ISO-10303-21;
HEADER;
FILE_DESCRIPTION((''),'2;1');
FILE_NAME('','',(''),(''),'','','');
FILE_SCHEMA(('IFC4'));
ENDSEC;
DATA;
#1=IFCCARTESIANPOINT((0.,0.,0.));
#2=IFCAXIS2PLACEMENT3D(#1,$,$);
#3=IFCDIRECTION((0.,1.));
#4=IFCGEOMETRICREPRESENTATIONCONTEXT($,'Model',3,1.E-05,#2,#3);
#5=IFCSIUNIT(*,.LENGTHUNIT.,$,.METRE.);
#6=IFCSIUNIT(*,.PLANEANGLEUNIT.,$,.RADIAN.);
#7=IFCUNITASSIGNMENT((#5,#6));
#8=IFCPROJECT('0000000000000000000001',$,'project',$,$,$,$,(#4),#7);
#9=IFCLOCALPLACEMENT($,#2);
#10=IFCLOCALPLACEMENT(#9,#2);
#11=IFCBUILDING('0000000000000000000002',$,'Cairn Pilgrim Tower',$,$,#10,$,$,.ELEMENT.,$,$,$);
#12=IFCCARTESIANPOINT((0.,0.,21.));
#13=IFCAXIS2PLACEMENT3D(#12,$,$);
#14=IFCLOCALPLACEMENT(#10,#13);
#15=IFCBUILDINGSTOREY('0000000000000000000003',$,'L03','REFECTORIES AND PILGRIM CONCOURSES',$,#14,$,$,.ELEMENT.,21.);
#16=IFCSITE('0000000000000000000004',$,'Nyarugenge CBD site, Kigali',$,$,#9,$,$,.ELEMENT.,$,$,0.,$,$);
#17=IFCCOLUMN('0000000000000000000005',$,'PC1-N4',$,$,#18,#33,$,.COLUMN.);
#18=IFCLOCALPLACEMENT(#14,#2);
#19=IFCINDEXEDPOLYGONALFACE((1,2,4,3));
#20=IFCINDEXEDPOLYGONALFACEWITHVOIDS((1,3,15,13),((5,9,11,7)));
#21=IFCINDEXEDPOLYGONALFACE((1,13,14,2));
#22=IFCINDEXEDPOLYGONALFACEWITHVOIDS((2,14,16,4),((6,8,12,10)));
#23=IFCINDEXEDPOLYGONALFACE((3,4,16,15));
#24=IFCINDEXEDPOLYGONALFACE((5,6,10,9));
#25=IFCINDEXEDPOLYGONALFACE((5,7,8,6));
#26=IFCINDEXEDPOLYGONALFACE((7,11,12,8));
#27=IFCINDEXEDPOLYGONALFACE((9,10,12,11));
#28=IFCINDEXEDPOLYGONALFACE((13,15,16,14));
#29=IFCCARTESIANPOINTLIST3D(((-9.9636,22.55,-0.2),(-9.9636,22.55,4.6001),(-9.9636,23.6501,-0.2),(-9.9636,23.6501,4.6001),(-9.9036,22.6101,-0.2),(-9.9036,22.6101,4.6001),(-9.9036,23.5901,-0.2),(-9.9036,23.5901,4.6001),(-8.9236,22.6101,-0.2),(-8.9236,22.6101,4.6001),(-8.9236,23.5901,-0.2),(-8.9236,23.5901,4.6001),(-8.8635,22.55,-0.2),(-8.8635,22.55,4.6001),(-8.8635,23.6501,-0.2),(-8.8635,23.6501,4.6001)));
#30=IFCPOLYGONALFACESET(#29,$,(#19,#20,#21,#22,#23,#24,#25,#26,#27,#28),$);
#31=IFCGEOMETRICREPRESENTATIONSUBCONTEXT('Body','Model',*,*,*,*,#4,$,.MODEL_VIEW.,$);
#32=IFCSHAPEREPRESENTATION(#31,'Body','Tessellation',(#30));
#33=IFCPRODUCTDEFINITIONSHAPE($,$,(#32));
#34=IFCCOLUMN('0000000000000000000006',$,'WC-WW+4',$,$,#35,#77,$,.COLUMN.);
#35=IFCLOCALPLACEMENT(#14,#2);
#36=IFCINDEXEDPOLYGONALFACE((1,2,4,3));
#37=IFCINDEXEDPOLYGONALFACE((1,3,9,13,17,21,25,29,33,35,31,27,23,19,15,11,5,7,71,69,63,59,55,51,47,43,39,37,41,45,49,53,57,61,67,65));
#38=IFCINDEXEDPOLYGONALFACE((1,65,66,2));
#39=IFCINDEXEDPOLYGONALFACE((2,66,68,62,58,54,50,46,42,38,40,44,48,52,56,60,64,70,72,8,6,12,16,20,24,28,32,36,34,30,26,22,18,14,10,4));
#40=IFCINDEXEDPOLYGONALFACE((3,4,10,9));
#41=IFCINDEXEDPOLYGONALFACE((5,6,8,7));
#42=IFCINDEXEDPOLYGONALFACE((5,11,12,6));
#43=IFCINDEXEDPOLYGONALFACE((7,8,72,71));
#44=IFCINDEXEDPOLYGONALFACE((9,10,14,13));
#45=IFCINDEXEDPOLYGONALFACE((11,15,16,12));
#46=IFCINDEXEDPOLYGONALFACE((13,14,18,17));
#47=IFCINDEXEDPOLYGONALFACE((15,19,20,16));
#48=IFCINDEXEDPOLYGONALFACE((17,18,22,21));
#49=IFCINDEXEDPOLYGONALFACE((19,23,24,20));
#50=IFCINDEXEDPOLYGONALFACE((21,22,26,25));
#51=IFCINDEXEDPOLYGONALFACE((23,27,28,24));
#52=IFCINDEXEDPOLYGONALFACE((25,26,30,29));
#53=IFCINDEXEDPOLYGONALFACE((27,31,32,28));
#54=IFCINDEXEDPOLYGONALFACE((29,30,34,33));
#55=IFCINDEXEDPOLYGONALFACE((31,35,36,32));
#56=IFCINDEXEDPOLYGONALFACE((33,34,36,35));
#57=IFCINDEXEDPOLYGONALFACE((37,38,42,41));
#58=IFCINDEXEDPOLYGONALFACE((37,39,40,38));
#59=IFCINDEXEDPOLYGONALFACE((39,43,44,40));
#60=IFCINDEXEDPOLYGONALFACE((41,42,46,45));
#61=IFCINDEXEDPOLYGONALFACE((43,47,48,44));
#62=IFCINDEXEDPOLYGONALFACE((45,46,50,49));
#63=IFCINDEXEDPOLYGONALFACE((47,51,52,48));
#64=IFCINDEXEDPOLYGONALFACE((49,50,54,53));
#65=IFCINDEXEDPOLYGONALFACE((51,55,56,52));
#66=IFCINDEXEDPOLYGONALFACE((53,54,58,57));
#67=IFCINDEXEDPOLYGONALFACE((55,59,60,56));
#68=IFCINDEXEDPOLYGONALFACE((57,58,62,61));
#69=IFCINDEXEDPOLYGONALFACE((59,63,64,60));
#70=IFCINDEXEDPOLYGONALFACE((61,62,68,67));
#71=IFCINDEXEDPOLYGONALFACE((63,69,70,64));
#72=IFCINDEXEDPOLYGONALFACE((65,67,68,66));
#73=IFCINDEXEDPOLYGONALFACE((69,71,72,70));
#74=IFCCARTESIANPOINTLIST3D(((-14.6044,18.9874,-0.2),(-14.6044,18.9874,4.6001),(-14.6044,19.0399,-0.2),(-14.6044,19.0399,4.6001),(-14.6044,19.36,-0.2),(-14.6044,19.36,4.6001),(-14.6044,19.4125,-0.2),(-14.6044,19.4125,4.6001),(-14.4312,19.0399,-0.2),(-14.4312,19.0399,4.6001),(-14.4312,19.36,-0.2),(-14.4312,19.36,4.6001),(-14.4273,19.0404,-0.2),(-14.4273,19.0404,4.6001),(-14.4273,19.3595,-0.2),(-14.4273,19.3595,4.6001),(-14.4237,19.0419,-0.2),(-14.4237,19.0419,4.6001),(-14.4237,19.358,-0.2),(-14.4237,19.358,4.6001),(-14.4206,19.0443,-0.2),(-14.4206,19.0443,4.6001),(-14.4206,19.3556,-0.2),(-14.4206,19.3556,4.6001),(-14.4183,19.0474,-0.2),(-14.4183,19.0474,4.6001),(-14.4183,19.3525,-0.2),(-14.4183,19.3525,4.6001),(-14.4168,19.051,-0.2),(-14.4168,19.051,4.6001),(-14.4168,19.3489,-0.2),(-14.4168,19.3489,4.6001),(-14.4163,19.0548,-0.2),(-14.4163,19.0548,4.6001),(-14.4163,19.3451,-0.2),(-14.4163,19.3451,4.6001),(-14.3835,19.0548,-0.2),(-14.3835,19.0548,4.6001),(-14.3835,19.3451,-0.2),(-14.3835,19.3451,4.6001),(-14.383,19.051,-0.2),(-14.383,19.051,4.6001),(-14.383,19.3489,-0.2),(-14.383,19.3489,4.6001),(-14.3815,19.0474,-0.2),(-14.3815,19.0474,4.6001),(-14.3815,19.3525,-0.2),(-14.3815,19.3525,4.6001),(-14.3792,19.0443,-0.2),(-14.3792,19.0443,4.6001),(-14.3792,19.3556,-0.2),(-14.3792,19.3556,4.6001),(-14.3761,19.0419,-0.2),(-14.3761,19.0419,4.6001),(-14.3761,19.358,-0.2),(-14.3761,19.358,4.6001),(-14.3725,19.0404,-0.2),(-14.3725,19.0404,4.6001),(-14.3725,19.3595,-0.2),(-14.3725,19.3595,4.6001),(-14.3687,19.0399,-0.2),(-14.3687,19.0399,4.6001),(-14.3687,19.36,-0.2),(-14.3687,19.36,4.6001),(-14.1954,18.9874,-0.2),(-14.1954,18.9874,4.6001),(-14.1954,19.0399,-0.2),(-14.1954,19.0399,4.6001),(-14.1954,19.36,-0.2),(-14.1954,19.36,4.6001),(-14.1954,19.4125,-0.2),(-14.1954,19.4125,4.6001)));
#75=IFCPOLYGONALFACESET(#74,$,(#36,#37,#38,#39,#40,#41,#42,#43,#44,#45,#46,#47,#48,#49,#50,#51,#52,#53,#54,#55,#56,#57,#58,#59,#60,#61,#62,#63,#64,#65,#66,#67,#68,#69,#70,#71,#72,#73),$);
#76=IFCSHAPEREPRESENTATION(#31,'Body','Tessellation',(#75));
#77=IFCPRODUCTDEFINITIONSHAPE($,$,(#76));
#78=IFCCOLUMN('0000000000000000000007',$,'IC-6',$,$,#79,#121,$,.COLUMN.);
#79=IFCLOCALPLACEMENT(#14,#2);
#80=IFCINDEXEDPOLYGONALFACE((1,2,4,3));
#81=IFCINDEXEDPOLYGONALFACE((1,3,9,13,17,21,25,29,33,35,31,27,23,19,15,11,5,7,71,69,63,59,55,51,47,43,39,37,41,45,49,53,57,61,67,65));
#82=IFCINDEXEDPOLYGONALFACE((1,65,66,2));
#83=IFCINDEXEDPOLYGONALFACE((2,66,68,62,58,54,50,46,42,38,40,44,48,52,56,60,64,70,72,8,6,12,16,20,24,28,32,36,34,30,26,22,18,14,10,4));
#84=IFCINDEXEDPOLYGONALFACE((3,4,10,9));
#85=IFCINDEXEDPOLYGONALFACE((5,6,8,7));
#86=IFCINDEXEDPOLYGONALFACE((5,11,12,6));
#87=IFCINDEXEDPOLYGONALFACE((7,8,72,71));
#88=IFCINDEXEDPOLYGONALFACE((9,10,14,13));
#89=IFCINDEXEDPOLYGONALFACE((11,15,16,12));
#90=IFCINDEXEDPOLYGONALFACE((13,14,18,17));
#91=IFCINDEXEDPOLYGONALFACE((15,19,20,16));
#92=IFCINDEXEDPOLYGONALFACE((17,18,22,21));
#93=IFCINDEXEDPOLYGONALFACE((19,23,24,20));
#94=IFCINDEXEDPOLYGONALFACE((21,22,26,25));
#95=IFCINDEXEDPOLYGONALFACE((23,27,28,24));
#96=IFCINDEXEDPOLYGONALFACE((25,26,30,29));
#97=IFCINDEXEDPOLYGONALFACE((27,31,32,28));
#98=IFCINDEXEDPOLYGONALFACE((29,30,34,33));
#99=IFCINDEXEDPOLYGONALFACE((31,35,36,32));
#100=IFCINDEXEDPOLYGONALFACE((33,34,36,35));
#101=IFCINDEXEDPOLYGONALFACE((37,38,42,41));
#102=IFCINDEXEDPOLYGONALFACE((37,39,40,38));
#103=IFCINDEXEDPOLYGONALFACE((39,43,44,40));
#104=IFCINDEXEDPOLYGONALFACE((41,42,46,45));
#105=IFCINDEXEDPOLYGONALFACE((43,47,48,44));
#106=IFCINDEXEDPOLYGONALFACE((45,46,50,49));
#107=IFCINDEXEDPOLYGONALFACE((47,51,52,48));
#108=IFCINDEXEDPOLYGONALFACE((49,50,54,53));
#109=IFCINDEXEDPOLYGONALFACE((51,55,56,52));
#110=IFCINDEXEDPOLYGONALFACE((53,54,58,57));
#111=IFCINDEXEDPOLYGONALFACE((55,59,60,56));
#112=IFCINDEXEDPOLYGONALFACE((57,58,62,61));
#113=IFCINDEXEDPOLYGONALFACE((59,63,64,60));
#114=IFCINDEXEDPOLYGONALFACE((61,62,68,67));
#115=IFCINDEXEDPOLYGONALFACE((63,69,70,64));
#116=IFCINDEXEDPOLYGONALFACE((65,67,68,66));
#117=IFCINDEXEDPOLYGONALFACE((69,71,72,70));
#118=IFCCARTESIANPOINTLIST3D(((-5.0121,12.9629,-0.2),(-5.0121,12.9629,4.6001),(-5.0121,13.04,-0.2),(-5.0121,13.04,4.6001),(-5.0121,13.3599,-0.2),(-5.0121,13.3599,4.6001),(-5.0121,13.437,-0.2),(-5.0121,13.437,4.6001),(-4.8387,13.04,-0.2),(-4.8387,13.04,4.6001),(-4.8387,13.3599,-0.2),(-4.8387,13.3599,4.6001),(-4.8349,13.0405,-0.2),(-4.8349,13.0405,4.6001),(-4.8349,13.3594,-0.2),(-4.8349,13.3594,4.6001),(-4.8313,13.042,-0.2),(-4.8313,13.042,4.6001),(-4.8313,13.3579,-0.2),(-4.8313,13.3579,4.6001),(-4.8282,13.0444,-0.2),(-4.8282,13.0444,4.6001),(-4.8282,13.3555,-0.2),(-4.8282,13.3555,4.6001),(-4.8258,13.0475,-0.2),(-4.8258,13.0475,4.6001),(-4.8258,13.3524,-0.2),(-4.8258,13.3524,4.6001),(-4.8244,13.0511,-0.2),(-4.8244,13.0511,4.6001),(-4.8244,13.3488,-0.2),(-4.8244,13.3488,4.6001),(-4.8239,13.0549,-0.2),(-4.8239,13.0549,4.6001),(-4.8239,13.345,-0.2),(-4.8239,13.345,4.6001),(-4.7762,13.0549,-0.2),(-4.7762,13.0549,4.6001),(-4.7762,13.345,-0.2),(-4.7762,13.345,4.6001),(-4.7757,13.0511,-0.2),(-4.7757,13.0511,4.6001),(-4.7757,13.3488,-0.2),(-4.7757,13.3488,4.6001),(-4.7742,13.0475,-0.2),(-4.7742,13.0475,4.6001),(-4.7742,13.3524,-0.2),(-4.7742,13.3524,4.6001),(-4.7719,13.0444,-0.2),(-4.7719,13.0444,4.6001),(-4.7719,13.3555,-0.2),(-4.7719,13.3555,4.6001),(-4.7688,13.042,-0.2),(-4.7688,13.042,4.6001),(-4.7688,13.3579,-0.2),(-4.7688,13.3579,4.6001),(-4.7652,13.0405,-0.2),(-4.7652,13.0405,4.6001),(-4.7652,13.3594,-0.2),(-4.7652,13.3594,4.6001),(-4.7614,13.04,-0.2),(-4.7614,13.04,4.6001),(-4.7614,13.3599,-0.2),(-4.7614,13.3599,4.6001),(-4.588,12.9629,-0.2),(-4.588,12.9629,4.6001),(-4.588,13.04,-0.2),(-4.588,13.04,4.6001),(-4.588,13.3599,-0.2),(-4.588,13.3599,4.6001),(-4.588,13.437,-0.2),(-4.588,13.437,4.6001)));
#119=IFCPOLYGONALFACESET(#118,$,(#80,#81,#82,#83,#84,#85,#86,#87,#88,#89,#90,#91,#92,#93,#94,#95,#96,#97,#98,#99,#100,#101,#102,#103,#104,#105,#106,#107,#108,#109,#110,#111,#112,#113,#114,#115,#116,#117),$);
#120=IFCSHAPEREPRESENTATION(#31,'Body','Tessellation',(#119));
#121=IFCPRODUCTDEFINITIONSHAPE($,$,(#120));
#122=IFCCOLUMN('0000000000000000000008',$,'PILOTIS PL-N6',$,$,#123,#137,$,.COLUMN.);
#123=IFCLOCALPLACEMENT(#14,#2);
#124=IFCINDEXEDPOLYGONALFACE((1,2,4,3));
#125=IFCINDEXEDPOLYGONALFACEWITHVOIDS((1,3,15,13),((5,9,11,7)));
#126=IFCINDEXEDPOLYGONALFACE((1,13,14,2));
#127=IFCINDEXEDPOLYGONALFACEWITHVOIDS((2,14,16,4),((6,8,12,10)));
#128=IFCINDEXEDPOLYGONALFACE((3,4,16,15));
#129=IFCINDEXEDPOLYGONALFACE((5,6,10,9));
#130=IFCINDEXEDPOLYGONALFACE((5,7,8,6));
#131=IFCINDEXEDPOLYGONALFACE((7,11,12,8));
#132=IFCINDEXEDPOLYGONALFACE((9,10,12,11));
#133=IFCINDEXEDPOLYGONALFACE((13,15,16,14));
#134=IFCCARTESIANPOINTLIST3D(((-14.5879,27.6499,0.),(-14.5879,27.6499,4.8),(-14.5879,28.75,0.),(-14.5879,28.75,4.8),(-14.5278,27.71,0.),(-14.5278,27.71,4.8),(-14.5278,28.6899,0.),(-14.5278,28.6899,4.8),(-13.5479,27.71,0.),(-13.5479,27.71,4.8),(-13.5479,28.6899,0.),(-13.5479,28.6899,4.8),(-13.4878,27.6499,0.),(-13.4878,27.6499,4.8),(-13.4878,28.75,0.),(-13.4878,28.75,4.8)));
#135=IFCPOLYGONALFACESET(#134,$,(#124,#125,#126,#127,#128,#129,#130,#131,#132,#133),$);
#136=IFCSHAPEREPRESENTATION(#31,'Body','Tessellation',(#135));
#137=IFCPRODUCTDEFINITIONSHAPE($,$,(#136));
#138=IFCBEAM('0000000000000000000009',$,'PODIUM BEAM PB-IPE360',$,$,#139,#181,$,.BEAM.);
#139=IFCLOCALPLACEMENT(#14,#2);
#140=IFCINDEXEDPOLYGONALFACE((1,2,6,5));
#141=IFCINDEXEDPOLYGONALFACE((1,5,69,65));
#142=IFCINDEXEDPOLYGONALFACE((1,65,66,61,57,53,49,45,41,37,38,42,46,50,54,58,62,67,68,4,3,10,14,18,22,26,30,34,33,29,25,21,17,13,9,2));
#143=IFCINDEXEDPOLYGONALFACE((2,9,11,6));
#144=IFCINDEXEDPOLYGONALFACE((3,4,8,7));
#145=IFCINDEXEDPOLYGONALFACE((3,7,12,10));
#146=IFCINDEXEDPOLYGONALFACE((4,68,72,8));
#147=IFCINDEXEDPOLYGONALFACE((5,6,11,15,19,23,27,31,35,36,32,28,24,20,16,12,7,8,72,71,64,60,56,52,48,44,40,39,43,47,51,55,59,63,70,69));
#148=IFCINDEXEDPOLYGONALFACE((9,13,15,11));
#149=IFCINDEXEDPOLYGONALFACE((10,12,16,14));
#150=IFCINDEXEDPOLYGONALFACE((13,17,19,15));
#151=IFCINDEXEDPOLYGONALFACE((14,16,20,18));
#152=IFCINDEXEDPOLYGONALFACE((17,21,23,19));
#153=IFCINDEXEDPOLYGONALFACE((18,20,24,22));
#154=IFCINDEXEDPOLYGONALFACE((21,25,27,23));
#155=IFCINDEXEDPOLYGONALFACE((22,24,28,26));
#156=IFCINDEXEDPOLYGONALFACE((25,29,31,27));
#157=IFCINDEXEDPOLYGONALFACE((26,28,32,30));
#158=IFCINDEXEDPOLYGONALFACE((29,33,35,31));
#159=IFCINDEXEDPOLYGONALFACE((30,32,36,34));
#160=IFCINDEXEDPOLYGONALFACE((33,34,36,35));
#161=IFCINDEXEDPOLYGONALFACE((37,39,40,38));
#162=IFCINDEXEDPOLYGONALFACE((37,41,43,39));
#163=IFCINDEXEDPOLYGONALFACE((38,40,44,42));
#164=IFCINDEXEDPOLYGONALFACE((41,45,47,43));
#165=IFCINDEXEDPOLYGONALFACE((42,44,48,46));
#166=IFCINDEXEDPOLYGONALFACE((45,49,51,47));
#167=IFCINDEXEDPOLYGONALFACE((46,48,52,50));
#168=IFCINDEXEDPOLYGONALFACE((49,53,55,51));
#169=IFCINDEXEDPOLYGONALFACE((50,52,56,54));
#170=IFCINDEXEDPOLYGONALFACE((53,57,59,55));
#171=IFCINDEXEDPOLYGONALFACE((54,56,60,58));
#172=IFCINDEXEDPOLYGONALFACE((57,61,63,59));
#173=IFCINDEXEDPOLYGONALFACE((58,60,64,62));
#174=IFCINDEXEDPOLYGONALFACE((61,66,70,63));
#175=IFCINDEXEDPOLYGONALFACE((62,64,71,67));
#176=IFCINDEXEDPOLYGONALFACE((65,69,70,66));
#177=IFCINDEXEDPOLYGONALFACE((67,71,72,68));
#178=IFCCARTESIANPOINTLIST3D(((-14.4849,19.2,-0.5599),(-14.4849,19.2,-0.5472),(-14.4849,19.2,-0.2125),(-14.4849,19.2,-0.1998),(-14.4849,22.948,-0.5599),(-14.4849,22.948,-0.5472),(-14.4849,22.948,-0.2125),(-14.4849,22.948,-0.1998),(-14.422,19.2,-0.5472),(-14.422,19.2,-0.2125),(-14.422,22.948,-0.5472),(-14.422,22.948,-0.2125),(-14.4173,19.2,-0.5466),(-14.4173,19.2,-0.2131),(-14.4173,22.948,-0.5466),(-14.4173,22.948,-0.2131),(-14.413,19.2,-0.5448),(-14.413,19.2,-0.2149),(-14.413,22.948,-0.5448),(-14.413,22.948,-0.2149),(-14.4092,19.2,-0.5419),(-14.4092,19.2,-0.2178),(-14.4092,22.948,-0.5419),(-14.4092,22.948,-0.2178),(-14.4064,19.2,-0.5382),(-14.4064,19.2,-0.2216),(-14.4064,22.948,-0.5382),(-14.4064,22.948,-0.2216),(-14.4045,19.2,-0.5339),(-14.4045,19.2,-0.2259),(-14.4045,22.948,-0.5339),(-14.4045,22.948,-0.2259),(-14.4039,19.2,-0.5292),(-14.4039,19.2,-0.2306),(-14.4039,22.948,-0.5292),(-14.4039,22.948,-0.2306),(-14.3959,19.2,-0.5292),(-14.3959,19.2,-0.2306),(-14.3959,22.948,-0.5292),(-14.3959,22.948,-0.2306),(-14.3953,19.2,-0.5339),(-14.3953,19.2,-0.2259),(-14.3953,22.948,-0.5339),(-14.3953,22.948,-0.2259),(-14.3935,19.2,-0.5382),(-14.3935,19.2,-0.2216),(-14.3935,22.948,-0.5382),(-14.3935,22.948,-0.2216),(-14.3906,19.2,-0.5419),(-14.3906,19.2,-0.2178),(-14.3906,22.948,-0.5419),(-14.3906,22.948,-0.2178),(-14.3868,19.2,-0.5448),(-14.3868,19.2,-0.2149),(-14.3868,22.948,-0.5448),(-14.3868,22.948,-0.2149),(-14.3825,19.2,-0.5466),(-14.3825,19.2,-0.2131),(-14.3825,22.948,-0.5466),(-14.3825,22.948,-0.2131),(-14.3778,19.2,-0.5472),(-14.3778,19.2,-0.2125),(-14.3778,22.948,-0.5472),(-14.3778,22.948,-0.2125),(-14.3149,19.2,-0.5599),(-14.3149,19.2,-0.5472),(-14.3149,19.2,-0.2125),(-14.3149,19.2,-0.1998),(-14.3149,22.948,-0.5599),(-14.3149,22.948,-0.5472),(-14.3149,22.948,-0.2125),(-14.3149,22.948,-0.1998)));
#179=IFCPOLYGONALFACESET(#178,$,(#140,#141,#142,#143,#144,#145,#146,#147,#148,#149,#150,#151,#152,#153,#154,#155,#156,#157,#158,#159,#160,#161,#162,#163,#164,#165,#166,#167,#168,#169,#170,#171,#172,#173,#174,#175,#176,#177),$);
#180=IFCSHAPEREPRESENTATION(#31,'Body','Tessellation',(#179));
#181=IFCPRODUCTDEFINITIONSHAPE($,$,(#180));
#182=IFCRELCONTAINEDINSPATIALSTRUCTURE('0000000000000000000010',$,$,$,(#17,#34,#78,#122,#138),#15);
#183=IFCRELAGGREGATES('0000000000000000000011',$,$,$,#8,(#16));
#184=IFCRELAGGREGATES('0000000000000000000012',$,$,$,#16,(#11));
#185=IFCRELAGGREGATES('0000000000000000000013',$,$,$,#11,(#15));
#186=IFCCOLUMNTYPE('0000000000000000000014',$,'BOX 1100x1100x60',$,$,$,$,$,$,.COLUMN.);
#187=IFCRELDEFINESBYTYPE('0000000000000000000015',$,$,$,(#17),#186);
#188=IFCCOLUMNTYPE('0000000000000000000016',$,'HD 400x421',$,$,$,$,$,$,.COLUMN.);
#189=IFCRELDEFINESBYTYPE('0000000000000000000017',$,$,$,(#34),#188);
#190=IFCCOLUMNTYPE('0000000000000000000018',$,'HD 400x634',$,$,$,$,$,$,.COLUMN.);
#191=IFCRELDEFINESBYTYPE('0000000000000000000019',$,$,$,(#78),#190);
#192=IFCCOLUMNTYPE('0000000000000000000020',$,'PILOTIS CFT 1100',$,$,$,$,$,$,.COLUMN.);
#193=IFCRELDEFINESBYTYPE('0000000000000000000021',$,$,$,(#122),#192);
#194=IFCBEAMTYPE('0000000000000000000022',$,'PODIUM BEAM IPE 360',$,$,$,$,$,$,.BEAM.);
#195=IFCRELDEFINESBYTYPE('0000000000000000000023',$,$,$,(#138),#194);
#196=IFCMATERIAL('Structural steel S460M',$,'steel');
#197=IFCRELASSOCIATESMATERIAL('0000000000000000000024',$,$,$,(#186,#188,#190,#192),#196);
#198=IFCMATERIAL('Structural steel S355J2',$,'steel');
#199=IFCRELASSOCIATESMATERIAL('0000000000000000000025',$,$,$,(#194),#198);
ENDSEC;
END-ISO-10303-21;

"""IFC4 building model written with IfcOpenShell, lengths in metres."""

from ifc_helpers import new_model, si_unit, direction, frame, origin, origin_2d, place, context, subcontext, project, spatial, hollow_rectangle, i_section, extrude, material, material_profile, profile_set, type_object, element, save


model = new_model("IFC4")

# Units and contexts
model_context = context("Model", 3, precision=1e-05, world=origin(), true_north=direction((0.0, 1.0)))
body_context = subcontext(model_context, "Body", "Model", "MODEL_VIEW")
ifc_project = project(units=[si_unit("LENGTHUNIT", "METRE"), si_unit("PLANEANGLEUNIT", "RADIAN")], contexts=[model_context])

# Site, building, storey
site_placement = place(None, origin())
site = spatial("IfcSite", under=ifc_project, at=site_placement, Name="Nyarugenge CBD site, Kigali", CompositionType="ELEMENT", RefElevation=0.0)
building_placement = place(site_placement, origin())
building = spatial("IfcBuilding", under=site, at=building_placement, Name="Cairn Pilgrim Tower", CompositionType="ELEMENT")
storey_placement = place(building_placement, frame((0.0, 0.0, 21.0)))
storey = spatial("IfcBuildingStorey", under=building, at=storey_placement, Name="L03", Description="REFECTORIES AND PILGRIM CONCOURSES", CompositionType="ELEMENT", Elevation=21.0)

# Columns
ifc_material_1 = material(Name="Structural steel S460M", Category="steel")
ifc_material_profile_1 = material_profile(ifc_material_1, hollow_rectangle(XDim=1.1001, YDim=1.1001, WallThickness=0.0601, at=origin_2d()), Name="BOX 1100x1100x60")
ifc_profile_set_1 = profile_set([ifc_material_profile_1], Name="Structural steel S460M")
column_type_1 = type_object("IfcColumnType", Name="BOX 1100x1100x60", PredefinedType="COLUMN", material=ifc_profile_set_1)
column_1_placement = place(storey_placement, frame((-9.4136, 23.1001, -0.2), z_axis=(0.0, 0.0, 1.0), x_axis=(1.0, 0.0, 0.0)))
element("IfcColumn", 1, at=column_1_placement, inside=storey, type_object=column_type_1, Name="PC1-N4", PredefinedType="COLUMN", context=body_context, shape_type="SweptSolid", body=[
    extrude(hollow_rectangle(XDim=1.1001, YDim=1.1001, WallThickness=0.0601, at=origin_2d()), origin(), (0.0, 0.0, 1.0), 4.8),
])
ifc_material_profile_2 = material_profile(ifc_material_1, i_section(OverallWidth=0.4089, OverallDepth=0.425, WebThickness=0.0327, FlangeThickness=0.0525, FilletRadius=0.0149, at=origin_2d()), Name="HD 400x421")
ifc_profile_set_2 = profile_set([ifc_material_profile_2], Name="Structural steel S460M")
column_type_2 = type_object("IfcColumnType", Name="HD 400x421", PredefinedType="COLUMN", material=ifc_profile_set_2)
column_2_placement = place(storey_placement, frame((-14.3999, 19.2, -0.2), z_axis=(0.0, 0.0, 1.0), x_axis=(1.0, 0.0, 0.0)))
element("IfcColumn", 2, at=column_2_placement, inside=storey, type_object=column_type_2, Name="WC-WW+4", PredefinedType="COLUMN", context=body_context, shape_type="SweptSolid", body=[
    extrude(i_section(OverallWidth=0.4089, OverallDepth=0.425, WebThickness=0.0327, FlangeThickness=0.0525, FilletRadius=0.0149, at=origin_2d()), origin(), (0.0, 0.0, 1.0), 4.8),
])
ifc_material_profile_3 = material_profile(ifc_material_1, i_section(OverallWidth=0.4241, OverallDepth=0.4741, WebThickness=0.0476, FlangeThickness=0.0771, FilletRadius=0.0149, at=origin_2d()), Name="HD 400x634")
ifc_profile_set_3 = profile_set([ifc_material_profile_3], Name="Structural steel S460M")
column_type_3 = type_object("IfcColumnType", Name="HD 400x634", PredefinedType="COLUMN", material=ifc_profile_set_3)
column_3_placement = place(storey_placement, frame((-4.8, 13.2, -0.2), z_axis=(0.0, 0.0, 1.0), x_axis=(1.0, 0.0, 0.0)))
element("IfcColumn", 3, at=column_3_placement, inside=storey, type_object=column_type_3, Name="IC-6", PredefinedType="COLUMN", context=body_context, shape_type="SweptSolid", body=[
    extrude(i_section(OverallWidth=0.4241, OverallDepth=0.4741, WebThickness=0.0476, FlangeThickness=0.0771, FilletRadius=0.0149, at=origin_2d()), origin(), (0.0, 0.0, 1.0), 4.8),
])
ifc_material_profile_4 = material_profile(ifc_material_1, hollow_rectangle(XDim=1.1001, YDim=1.1001, WallThickness=0.0601, at=origin_2d()), Name="BOX 1100x1100x60")
ifc_profile_set_4 = profile_set([ifc_material_profile_4], Name="Structural steel S460M")
column_type_4 = type_object("IfcColumnType", Name="PILOTIS CFT 1100", PredefinedType="COLUMN", material=ifc_profile_set_4)
column_4_placement = place(storey_placement, frame((-14.0378, 28.2, 0.0), z_axis=(0.0, 0.0, 1.0), x_axis=(1.0, 0.0, 0.0)))
element("IfcColumn", 4, at=column_4_placement, inside=storey, type_object=column_type_4, Name="PILOTIS PL-N6", PredefinedType="COLUMN", context=body_context, shape_type="SweptSolid", body=[
    extrude(hollow_rectangle(XDim=1.1001, YDim=1.1001, WallThickness=0.0601, at=origin_2d()), origin(), (0.0, 0.0, 1.0), 4.8),
])

# Beam
ifc_material_2 = material(Name="Structural steel S355J2", Category="steel")
ifc_material_profile_5 = material_profile(ifc_material_2, i_section(OverallWidth=0.1699, OverallDepth=0.3601, WebThickness=0.0081, FlangeThickness=0.0127, FilletRadius=0.0181, at=origin_2d()), Name="IPE 360")
ifc_profile_set_5 = profile_set([ifc_material_profile_5], Name="Structural steel S355J2")
beam_type_1 = type_object("IfcBeamType", Name="PODIUM BEAM IPE 360", PredefinedType="BEAM", material=ifc_profile_set_5)
beam_1_placement = place(storey_placement, frame((-14.3999, 19.2, -0.3799), z_axis=(0.0, 1.0, 0.0), x_axis=(-1.0, 0.0, 0.0)))
element("IfcBeam", 5, at=beam_1_placement, inside=storey, type_object=beam_type_1, Name="PODIUM BEAM PB-IPE360", PredefinedType="BEAM", context=body_context, shape_type="SweptSolid", body=[
    extrude(i_section(OverallWidth=0.1699, OverallDepth=0.3601, WebThickness=0.0081, FlangeThickness=0.0127, FilletRadius=0.0181, at=origin_2d()), origin(), (0.0, 0.0, 1.0), 3.748),
])

save(model, "model.ifc")
